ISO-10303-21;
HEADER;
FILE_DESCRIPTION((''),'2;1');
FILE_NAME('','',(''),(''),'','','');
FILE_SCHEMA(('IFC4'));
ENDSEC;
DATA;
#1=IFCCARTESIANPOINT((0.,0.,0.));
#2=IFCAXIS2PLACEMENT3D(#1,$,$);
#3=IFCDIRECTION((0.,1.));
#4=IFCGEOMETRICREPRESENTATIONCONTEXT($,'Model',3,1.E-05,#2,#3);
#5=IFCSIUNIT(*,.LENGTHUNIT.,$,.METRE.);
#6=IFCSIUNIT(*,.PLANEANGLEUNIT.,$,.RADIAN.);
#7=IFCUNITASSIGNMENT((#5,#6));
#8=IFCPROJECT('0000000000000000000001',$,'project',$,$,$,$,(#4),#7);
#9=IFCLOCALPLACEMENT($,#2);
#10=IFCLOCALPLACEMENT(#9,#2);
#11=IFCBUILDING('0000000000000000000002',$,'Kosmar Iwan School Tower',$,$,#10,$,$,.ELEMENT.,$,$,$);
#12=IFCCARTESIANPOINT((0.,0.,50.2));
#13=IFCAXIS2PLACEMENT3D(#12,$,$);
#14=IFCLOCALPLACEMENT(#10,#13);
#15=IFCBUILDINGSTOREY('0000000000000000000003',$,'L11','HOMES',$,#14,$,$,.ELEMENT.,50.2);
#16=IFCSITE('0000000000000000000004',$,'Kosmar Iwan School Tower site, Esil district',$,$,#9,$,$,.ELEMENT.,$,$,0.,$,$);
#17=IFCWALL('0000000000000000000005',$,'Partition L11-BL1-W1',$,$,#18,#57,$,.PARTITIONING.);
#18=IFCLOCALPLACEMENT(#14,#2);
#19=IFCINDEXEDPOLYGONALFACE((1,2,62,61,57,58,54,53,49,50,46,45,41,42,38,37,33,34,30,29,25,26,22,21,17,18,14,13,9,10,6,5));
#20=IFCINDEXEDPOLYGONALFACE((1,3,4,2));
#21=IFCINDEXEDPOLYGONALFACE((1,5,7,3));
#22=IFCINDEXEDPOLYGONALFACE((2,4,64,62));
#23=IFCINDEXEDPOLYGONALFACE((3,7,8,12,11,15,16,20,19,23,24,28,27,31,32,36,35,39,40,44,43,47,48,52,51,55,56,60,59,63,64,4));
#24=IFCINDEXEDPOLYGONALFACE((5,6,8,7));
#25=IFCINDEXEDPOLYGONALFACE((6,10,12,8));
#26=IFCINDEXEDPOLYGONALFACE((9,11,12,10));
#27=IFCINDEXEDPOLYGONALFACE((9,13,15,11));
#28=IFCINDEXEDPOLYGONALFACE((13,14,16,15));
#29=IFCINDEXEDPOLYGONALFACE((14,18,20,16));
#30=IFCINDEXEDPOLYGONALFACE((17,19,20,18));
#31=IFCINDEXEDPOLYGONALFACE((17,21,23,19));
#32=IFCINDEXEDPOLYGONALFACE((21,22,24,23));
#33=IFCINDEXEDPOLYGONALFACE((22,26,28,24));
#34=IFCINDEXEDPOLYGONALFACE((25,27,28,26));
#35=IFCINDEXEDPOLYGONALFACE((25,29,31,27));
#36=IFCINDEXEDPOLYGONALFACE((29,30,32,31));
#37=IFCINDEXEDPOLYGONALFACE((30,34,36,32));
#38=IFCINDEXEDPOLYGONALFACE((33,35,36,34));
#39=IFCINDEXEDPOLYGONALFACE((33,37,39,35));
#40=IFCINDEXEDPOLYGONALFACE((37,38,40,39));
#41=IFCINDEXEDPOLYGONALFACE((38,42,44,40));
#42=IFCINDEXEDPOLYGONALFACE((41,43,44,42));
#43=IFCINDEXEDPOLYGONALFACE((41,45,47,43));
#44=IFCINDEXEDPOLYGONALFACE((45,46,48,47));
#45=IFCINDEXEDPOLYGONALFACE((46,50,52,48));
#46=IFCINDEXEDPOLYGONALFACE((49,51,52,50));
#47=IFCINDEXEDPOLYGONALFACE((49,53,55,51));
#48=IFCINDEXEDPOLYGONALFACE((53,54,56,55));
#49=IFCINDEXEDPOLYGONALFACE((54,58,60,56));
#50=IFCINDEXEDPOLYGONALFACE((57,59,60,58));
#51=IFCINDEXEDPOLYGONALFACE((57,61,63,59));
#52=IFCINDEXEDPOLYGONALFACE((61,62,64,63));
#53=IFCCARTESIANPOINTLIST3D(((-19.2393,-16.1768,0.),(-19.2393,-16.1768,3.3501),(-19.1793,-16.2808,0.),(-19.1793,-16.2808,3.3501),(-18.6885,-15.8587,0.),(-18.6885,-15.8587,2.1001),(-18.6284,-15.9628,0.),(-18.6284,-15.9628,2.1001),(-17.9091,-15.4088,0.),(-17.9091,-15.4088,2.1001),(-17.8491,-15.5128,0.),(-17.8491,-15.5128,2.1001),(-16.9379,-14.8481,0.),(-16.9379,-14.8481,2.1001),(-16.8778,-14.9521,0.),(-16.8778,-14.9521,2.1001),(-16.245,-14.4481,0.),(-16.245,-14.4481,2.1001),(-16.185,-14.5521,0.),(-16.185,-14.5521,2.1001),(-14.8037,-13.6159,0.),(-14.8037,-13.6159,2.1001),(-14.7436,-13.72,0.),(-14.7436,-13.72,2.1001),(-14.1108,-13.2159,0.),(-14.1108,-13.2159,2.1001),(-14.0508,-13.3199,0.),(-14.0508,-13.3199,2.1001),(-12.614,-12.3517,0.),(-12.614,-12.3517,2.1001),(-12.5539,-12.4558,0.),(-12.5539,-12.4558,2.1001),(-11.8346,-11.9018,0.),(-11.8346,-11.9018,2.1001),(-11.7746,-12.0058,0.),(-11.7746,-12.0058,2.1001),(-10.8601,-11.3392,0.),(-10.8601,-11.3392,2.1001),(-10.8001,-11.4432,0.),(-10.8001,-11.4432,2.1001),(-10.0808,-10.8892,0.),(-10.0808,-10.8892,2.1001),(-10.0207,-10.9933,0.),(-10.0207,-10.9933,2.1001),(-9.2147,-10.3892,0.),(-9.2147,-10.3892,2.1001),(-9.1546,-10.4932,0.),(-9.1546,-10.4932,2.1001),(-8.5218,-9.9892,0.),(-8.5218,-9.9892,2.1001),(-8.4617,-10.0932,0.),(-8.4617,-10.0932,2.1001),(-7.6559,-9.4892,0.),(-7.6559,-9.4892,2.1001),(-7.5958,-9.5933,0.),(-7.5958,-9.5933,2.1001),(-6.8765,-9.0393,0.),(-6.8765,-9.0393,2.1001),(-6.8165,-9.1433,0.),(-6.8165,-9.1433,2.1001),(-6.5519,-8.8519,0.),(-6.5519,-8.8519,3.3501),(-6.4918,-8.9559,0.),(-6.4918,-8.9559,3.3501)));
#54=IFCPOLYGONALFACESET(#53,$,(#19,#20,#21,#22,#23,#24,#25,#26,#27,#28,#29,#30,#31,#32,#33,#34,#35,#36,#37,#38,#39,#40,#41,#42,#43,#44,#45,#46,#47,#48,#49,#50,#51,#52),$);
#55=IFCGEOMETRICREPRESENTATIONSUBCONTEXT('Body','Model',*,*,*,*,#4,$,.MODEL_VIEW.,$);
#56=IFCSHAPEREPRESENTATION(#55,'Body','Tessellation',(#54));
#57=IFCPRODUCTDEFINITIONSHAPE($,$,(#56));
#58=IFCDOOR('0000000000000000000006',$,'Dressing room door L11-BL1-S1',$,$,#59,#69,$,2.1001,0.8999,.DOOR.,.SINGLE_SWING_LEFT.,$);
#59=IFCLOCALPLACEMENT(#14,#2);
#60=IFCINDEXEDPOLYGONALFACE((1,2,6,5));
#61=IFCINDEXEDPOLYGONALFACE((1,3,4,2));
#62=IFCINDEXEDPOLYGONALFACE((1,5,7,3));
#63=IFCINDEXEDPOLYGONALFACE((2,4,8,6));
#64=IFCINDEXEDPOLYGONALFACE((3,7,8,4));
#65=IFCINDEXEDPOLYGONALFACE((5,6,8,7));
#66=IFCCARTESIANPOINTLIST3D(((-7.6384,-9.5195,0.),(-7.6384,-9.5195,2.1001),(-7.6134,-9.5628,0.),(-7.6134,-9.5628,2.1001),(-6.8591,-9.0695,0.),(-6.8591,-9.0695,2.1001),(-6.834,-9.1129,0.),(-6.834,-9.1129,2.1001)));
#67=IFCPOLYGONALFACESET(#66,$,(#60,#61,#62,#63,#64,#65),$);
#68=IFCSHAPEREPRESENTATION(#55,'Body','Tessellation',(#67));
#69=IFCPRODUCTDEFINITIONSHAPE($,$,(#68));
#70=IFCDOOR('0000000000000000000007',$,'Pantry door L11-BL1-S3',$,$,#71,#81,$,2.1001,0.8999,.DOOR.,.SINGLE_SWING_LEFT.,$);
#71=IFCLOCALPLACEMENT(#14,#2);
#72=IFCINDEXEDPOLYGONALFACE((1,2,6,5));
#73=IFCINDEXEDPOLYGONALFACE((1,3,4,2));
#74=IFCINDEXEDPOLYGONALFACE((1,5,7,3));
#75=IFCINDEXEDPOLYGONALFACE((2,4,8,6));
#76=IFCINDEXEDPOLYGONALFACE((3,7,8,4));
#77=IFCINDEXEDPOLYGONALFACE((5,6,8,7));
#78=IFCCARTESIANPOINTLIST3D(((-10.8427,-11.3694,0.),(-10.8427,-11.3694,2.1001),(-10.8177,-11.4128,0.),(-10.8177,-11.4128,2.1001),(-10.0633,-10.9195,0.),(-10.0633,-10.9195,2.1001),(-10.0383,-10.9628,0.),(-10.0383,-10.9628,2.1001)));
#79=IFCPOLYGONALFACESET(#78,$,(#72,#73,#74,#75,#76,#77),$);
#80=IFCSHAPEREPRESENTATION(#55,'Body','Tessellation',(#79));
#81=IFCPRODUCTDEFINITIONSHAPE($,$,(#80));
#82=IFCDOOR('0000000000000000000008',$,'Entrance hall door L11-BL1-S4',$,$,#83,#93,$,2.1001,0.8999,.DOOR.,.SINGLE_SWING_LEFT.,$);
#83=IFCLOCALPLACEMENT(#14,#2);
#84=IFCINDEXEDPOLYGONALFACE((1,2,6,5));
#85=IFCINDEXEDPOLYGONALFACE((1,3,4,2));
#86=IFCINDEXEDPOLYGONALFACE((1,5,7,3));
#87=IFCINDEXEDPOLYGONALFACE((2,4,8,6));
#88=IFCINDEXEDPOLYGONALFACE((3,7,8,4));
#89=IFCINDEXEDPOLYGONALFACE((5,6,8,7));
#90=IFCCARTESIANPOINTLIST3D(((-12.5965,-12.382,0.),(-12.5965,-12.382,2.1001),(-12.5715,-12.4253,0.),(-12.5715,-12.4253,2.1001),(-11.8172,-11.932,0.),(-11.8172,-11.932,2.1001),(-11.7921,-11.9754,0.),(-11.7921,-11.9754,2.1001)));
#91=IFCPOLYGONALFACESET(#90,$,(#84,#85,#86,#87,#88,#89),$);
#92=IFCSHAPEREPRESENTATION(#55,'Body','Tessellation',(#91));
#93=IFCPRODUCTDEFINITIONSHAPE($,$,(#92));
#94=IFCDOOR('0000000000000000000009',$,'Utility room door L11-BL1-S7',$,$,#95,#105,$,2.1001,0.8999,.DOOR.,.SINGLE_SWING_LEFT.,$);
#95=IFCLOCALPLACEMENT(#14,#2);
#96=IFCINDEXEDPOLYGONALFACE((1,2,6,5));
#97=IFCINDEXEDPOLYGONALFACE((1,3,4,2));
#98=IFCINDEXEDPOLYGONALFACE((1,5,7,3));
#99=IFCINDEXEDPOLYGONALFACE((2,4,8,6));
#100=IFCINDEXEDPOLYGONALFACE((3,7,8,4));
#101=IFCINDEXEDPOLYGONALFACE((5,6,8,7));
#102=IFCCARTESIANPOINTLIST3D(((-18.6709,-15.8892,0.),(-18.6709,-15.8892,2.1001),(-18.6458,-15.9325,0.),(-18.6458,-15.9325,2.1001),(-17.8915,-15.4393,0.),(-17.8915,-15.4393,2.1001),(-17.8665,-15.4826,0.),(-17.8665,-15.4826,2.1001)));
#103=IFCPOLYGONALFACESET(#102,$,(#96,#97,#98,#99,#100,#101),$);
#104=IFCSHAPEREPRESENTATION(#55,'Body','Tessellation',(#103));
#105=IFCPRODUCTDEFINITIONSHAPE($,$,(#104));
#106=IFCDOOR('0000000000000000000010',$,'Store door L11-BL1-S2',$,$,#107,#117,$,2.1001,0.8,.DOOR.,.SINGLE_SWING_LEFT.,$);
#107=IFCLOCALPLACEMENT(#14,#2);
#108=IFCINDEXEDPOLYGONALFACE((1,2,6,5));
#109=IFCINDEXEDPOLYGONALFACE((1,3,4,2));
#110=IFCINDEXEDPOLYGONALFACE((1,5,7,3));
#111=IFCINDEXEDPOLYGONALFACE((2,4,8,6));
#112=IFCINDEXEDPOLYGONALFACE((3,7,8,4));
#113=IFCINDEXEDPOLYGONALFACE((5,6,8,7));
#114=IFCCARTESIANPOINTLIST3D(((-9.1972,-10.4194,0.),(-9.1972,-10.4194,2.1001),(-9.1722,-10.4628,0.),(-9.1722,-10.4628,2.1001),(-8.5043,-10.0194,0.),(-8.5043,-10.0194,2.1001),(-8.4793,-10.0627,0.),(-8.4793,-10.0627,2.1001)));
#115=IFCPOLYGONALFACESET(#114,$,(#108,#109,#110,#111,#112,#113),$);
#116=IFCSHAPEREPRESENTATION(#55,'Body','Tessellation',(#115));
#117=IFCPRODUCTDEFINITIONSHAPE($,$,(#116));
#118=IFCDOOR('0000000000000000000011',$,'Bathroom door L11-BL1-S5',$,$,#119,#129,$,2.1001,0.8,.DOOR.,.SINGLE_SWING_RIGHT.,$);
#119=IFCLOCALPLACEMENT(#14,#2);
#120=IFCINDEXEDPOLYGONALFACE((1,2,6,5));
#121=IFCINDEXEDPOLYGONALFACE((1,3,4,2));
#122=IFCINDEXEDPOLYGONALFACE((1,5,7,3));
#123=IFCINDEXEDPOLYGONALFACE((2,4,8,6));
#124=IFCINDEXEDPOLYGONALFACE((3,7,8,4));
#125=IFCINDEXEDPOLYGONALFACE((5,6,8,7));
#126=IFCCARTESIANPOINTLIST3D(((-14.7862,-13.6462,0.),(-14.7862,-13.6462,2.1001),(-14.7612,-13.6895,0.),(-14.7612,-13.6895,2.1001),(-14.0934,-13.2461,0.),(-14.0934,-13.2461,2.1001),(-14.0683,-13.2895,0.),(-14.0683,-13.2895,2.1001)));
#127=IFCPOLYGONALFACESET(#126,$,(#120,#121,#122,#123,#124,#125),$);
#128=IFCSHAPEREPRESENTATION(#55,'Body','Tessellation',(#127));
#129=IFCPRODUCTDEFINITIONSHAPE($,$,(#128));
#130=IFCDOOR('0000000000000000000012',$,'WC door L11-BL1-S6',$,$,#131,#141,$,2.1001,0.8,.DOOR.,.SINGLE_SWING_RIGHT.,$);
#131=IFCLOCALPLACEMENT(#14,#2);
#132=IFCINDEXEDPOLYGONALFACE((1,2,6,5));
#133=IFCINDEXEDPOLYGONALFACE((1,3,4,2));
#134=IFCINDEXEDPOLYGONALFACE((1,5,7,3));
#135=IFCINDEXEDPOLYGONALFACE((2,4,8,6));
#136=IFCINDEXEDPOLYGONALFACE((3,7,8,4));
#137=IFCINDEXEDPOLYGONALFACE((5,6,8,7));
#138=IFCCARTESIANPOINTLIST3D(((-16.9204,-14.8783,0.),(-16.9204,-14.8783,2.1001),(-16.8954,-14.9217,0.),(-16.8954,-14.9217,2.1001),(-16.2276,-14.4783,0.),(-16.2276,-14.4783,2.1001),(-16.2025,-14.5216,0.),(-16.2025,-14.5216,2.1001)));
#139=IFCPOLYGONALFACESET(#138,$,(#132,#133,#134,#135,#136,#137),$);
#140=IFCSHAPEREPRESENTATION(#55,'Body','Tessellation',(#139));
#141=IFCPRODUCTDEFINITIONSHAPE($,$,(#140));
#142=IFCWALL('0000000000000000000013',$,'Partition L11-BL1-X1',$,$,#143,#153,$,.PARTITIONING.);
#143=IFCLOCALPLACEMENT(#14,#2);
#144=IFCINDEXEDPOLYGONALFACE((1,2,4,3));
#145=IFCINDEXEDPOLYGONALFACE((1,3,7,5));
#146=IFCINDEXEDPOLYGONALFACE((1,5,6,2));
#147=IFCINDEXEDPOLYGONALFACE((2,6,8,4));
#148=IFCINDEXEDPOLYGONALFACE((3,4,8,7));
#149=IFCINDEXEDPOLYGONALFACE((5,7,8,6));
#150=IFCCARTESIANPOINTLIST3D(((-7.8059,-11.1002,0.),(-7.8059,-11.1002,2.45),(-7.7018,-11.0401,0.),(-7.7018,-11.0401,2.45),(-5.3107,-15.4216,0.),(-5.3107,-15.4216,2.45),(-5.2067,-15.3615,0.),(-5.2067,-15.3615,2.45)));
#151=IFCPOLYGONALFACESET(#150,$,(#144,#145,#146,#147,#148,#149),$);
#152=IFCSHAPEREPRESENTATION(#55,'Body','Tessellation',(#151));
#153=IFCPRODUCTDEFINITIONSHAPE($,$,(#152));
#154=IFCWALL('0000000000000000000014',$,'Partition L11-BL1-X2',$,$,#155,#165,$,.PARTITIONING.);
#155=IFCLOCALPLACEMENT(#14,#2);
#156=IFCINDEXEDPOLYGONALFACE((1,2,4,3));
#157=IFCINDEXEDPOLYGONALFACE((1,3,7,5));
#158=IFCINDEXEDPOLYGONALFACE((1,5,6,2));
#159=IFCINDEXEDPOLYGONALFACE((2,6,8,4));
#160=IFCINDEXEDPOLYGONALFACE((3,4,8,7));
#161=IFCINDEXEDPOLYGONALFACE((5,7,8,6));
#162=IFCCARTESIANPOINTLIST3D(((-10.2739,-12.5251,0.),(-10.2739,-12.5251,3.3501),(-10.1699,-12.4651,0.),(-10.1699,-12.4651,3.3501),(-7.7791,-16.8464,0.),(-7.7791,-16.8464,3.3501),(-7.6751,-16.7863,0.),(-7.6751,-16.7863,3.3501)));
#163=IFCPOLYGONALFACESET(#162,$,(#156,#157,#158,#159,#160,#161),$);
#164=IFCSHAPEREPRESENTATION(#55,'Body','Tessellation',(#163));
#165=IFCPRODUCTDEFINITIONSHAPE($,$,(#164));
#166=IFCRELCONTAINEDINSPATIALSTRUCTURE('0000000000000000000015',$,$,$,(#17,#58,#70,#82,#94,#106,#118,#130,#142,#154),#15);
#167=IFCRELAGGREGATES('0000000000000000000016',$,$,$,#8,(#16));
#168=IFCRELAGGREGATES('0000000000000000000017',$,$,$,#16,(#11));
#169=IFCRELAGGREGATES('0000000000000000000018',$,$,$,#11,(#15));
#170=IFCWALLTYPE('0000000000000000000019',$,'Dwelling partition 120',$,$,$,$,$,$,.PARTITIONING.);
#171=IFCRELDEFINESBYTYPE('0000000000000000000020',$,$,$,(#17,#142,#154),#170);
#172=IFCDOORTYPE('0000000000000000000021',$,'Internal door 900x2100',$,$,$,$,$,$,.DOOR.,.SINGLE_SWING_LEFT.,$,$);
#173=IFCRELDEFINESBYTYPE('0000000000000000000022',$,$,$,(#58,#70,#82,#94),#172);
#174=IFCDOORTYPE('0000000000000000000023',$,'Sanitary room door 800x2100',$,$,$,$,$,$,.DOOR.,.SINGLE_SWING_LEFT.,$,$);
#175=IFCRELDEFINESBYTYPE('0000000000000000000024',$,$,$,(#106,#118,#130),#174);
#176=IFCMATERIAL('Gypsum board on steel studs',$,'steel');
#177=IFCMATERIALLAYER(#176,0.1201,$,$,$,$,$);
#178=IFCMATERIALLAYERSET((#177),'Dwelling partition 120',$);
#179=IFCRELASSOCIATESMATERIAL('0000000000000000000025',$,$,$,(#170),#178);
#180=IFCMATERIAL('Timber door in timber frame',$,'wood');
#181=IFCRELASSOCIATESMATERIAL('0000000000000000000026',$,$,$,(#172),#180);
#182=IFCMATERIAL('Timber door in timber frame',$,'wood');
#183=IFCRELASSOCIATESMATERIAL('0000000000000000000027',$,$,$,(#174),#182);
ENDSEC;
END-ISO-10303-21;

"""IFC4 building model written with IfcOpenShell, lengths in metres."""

from ifc_helpers import new_model, si_unit, direction, frame, frame_2d, origin, place, context, subcontext, project, spatial, rectangle, extrude, material, layer, layer_set, type_object, element, fill, save


model = new_model("IFC4")

# Units and contexts
model_context = context("Model", 3, precision=1e-05, world=origin(), true_north=direction((0.0, 1.0)))
body_context = subcontext(model_context, "Body", "Model", "MODEL_VIEW")
ifc_project = project(units=[si_unit("LENGTHUNIT", "METRE"), si_unit("PLANEANGLEUNIT", "RADIAN")], contexts=[model_context])

# Site, building, storey
site_placement = place(None, origin())
site = spatial("IfcSite", under=ifc_project, at=site_placement, Name="Kosmar Iwan School Tower site, Esil district", CompositionType="ELEMENT", RefElevation=0.0)
building_placement = place(site_placement, origin())
building = spatial("IfcBuilding", under=site, at=building_placement, Name="Kosmar Iwan School Tower", CompositionType="ELEMENT")
storey_placement = place(building_placement, frame((0.0, 0.0, 50.2)))
storey = spatial("IfcBuildingStorey", under=building, at=storey_placement, Name="L11", Description="HOMES", CompositionType="ELEMENT", Elevation=50.2)

# Wall, openings, doors
ifc_material_1 = material(Name="Gypsum board on steel studs", Category="steel")
ifc_layer_1 = layer(ifc_material_1, 0.1201)
ifc_layer_set_1 = layer_set([ifc_layer_1], Name="Dwelling partition 120")
wall_type_1 = type_object("IfcWallType", Name="Dwelling partition 120", PredefinedType="PARTITIONING", material=ifc_layer_set_1)
wall_1_placement = place(storey_placement, frame((-6.5217, -8.9038, 0.0), z_axis=(0.0, 0.0, 1.0), x_axis=(-0.866031, -0.499991, 0.0)))
wall_1 = element("IfcWall", 1, at=wall_1_placement, inside=storey, type_object=wall_type_1, Name="Partition L11-BL1-W1", PredefinedType="PARTITIONING", context=body_context, shape_type="SweptSolid", body=[
    extrude(rectangle(XDim=14.6501, YDim=0.1201, at=frame_2d((7.3252, 0.0))), origin(), (0.0, 0.0, 1.0), 3.3501),
])
opening_1_placement = place(wall_1_placement, frame((0.375, 0.0, 0.0)))
opening_1 = element("IfcOpeningElement", 2, at=opening_1_placement, cuts=wall_1, PredefinedType="OPENING", context=body_context, shape_type="SweptSolid", body=[
    extrude(rectangle(XDim=0.8999, YDim=2.1001, at=frame_2d((0.45, 1.05))), frame((0.0, 0.072, 0.0), z_axis=(0.0, -1.0, 0.0), x_axis=(1.0, 0.0, 0.0)), (0.0, 0.0, 1.0), 0.144),
])
opening_2_placement = place(wall_1_placement, frame((2.2749, 0.0, 0.0)))
opening_2 = element("IfcOpeningElement", 3, at=opening_2_placement, cuts=wall_1, PredefinedType="OPENING", context=body_context, shape_type="SweptSolid", body=[
    extrude(rectangle(XDim=0.8, YDim=2.1001, at=frame_2d((0.3999, 1.05))), frame((0.0, 0.072, 0.0), z_axis=(0.0, -1.0, 0.0), x_axis=(1.0, 0.0, 0.0)), (0.0, 0.0, 1.0), 0.144),
])
opening_3_placement = place(wall_1_placement, frame((4.075, 0.0, 0.0)))
opening_3 = element("IfcOpeningElement", 4, at=opening_3_placement, cuts=wall_1, PredefinedType="OPENING", context=body_context, shape_type="SweptSolid", body=[
    extrude(rectangle(XDim=0.8999, YDim=2.1001, at=frame_2d((0.45, 1.05))), frame((0.0, 0.072, 0.0), z_axis=(0.0, -1.0, 0.0), x_axis=(1.0, 0.0, 0.0)), (0.0, 0.0, 1.0), 0.144),
])
opening_4_placement = place(wall_1_placement, frame((6.1001, 0.0, 0.0)))
opening_4 = element("IfcOpeningElement", 5, at=opening_4_placement, cuts=wall_1, PredefinedType="OPENING", context=body_context, shape_type="SweptSolid", body=[
    extrude(rectangle(XDim=0.8999, YDim=2.1001, at=frame_2d((0.45, 1.05))), frame((0.0, 0.072, 0.0), z_axis=(0.0, -1.0, 0.0), x_axis=(1.0, 0.0, 0.0)), (0.0, 0.0, 1.0), 0.144),
])
opening_5_placement = place(wall_1_placement, frame((8.7285, 0.0, 0.0)))
opening_5 = element("IfcOpeningElement", 6, at=opening_5_placement, cuts=wall_1, PredefinedType="OPENING", context=body_context, shape_type="SweptSolid", body=[
    extrude(rectangle(XDim=0.8, YDim=2.1001, at=frame_2d((0.3999, 1.05))), frame((0.0, 0.072, 0.0), z_axis=(0.0, -1.0, 0.0), x_axis=(1.0, 0.0, 0.0)), (0.0, 0.0, 1.0), 0.144),
])
opening_6_placement = place(wall_1_placement, frame((11.1929, 0.0, 0.0)))
opening_6 = element("IfcOpeningElement", 7, at=opening_6_placement, cuts=wall_1, PredefinedType="OPENING", context=body_context, shape_type="SweptSolid", body=[
    extrude(rectangle(XDim=0.8, YDim=2.1001, at=frame_2d((0.3999, 1.05))), frame((0.0, 0.072, 0.0), z_axis=(0.0, -1.0, 0.0), x_axis=(1.0, 0.0, 0.0)), (0.0, 0.0, 1.0), 0.144),
])
opening_7_placement = place(wall_1_placement, frame((13.1143, 0.0, 0.0)))
opening_7 = element("IfcOpeningElement", 8, at=opening_7_placement, cuts=wall_1, PredefinedType="OPENING", context=body_context, shape_type="SweptSolid", body=[
    extrude(rectangle(XDim=0.8999, YDim=2.1001, at=frame_2d((0.45, 1.05))), frame((0.0, 0.072, 0.0), z_axis=(0.0, -1.0, 0.0), x_axis=(1.0, 0.0, 0.0)), (0.0, 0.0, 1.0), 0.144),
])
ifc_material_2 = material(Name="Timber door in timber frame", Category="wood")
door_type_1 = type_object("IfcDoorType", Name="Internal door 900x2100", OperationType="SINGLE_SWING_LEFT", PredefinedType="DOOR", material=ifc_material_2)
door_1_placement = place(opening_1_placement, origin())
door_1 = element("IfcDoor", 9, at=door_1_placement, inside=storey, type_object=door_type_1, Name="Dressing room door L11-BL1-S1", OperationType="SINGLE_SWING_LEFT", OverallHeight=2.1001, OverallWidth=0.8999, PredefinedType="DOOR", context=body_context, shape_type="SweptSolid", body=[
    extrude(rectangle(XDim=0.8999, YDim=2.1001, at=frame_2d((0.45, 1.05))), frame((0.0, 0.0249, 0.0), z_axis=(0.0, -1.0, 0.0), x_axis=(1.0, 0.0, 0.0)), (0.0, 0.0, 1.0), 0.05),
])
fill(opening_1, door_1)
door_2_placement = place(opening_3_placement, origin())
door_2 = element("IfcDoor", 10, at=door_2_placement, inside=storey, type_object=door_type_1, Name="Pantry door L11-BL1-S3", OperationType="SINGLE_SWING_LEFT", OverallHeight=2.1001, OverallWidth=0.8999, PredefinedType="DOOR", context=body_context, shape_type="SweptSolid", body=[
    extrude(rectangle(XDim=0.8999, YDim=2.1001, at=frame_2d((0.45, 1.05))), frame((0.0, 0.0249, 0.0), z_axis=(0.0, -1.0, 0.0), x_axis=(1.0, 0.0, 0.0)), (0.0, 0.0, 1.0), 0.05),
])
fill(opening_3, door_2)
door_3_placement = place(opening_4_placement, origin())
door_3 = element("IfcDoor", 11, at=door_3_placement, inside=storey, type_object=door_type_1, Name="Entrance hall door L11-BL1-S4", OperationType="SINGLE_SWING_LEFT", OverallHeight=2.1001, OverallWidth=0.8999, PredefinedType="DOOR", context=body_context, shape_type="SweptSolid", body=[
    extrude(rectangle(XDim=0.8999, YDim=2.1001, at=frame_2d((0.45, 1.05))), frame((0.0, 0.0249, 0.0), z_axis=(0.0, -1.0, 0.0), x_axis=(1.0, 0.0, 0.0)), (0.0, 0.0, 1.0), 0.05),
])
fill(opening_4, door_3)
door_4_placement = place(opening_7_placement, frame((0.8999, 0.0, 0.0), z_axis=(0.0, 0.0, 1.0), x_axis=(-1.0, 0.0, 0.0)))
door_4 = element("IfcDoor", 12, at=door_4_placement, inside=storey, type_object=door_type_1, Name="Utility room door L11-BL1-S7", OperationType="SINGLE_SWING_LEFT", OverallHeight=2.1001, OverallWidth=0.8999, PredefinedType="DOOR", context=body_context, shape_type="SweptSolid", body=[
    extrude(rectangle(XDim=0.8999, YDim=2.1001, at=frame_2d((0.45, 1.05))), frame((0.0, 0.0249, 0.0), z_axis=(0.0, -1.0, 0.0), x_axis=(1.0, 0.0, 0.0)), (0.0, 0.0, 1.0), 0.05),
])
fill(opening_7, door_4)
ifc_material_3 = material(Name="Timber door in timber frame", Category="wood")
door_type_2 = type_object("IfcDoorType", Name="Sanitary room door 800x2100", OperationType="SINGLE_SWING_LEFT", PredefinedType="DOOR", material=ifc_material_3)
door_5_placement = place(opening_2_placement, origin())
door_5 = element("IfcDoor", 13, at=door_5_placement, inside=storey, type_object=door_type_2, Name="Store door L11-BL1-S2", OperationType="SINGLE_SWING_LEFT", OverallHeight=2.1001, OverallWidth=0.8, PredefinedType="DOOR", context=body_context, shape_type="SweptSolid", body=[
    extrude(rectangle(XDim=0.8, YDim=2.1001, at=frame_2d((0.3999, 1.05))), frame((0.0, 0.0249, 0.0), z_axis=(0.0, -1.0, 0.0), x_axis=(1.0, 0.0, 0.0)), (0.0, 0.0, 1.0), 0.05),
])
fill(opening_2, door_5)
door_6_placement = place(opening_5_placement, origin())
door_6 = element("IfcDoor", 14, at=door_6_placement, inside=storey, type_object=door_type_2, Name="Bathroom door L11-BL1-S5", OperationType="SINGLE_SWING_RIGHT", OverallHeight=2.1001, OverallWidth=0.8, PredefinedType="DOOR", context=body_context, shape_type="SweptSolid", body=[
    extrude(rectangle(XDim=0.8, YDim=2.1001, at=frame_2d((0.3999, 1.05))), frame((0.0, 0.0249, 0.0), z_axis=(0.0, -1.0, 0.0), x_axis=(1.0, 0.0, 0.0)), (0.0, 0.0, 1.0), 0.05),
])
fill(opening_5, door_6)
door_7_placement = place(opening_6_placement, origin())
door_7 = element("IfcDoor", 15, at=door_7_placement, inside=storey, type_object=door_type_2, Name="WC door L11-BL1-S6", OperationType="SINGLE_SWING_RIGHT", OverallHeight=2.1001, OverallWidth=0.8, PredefinedType="DOOR", context=body_context, shape_type="SweptSolid", body=[
    extrude(rectangle(XDim=0.8, YDim=2.1001, at=frame_2d((0.3999, 1.05))), frame((0.0, 0.0249, 0.0), z_axis=(0.0, -1.0, 0.0), x_axis=(1.0, 0.0, 0.0)), (0.0, 0.0, 1.0), 0.05),
])
fill(opening_6, door_7)

# Walls
wall_2_placement = place(storey_placement, frame((-7.7539, -11.0701, 0.0), z_axis=(0.0, 0.0, 1.0), x_axis=(0.500033, -0.866006, 0.0)))
element("IfcWall", 16, at=wall_2_placement, inside=storey, type_object=wall_type_1, Name="Partition L11-BL1-X1", PredefinedType="PARTITIONING", context=body_context, shape_type="SweptSolid", body=[
    extrude(rectangle(XDim=4.99, YDim=0.1201, at=frame_2d((2.4951, 0.0))), origin(), (0.0, 0.0, 1.0), 2.45),
])
wall_3_placement = place(storey_placement, frame((-10.2219, -12.4951, 0.0), z_axis=(0.0, 0.0, 1.0), x_axis=(0.499996, -0.866028, 0.0)))
element("IfcWall", 17, at=wall_3_placement, inside=storey, type_object=wall_type_1, Name="Partition L11-BL1-X2", PredefinedType="PARTITIONING", context=body_context, shape_type="SweptSolid", body=[
    extrude(rectangle(XDim=4.9897, YDim=0.1201, at=frame_2d((2.4949, 0.0))), origin(), (0.0, 0.0, 1.0), 3.3501),
])

save(model, "model.ifc")
